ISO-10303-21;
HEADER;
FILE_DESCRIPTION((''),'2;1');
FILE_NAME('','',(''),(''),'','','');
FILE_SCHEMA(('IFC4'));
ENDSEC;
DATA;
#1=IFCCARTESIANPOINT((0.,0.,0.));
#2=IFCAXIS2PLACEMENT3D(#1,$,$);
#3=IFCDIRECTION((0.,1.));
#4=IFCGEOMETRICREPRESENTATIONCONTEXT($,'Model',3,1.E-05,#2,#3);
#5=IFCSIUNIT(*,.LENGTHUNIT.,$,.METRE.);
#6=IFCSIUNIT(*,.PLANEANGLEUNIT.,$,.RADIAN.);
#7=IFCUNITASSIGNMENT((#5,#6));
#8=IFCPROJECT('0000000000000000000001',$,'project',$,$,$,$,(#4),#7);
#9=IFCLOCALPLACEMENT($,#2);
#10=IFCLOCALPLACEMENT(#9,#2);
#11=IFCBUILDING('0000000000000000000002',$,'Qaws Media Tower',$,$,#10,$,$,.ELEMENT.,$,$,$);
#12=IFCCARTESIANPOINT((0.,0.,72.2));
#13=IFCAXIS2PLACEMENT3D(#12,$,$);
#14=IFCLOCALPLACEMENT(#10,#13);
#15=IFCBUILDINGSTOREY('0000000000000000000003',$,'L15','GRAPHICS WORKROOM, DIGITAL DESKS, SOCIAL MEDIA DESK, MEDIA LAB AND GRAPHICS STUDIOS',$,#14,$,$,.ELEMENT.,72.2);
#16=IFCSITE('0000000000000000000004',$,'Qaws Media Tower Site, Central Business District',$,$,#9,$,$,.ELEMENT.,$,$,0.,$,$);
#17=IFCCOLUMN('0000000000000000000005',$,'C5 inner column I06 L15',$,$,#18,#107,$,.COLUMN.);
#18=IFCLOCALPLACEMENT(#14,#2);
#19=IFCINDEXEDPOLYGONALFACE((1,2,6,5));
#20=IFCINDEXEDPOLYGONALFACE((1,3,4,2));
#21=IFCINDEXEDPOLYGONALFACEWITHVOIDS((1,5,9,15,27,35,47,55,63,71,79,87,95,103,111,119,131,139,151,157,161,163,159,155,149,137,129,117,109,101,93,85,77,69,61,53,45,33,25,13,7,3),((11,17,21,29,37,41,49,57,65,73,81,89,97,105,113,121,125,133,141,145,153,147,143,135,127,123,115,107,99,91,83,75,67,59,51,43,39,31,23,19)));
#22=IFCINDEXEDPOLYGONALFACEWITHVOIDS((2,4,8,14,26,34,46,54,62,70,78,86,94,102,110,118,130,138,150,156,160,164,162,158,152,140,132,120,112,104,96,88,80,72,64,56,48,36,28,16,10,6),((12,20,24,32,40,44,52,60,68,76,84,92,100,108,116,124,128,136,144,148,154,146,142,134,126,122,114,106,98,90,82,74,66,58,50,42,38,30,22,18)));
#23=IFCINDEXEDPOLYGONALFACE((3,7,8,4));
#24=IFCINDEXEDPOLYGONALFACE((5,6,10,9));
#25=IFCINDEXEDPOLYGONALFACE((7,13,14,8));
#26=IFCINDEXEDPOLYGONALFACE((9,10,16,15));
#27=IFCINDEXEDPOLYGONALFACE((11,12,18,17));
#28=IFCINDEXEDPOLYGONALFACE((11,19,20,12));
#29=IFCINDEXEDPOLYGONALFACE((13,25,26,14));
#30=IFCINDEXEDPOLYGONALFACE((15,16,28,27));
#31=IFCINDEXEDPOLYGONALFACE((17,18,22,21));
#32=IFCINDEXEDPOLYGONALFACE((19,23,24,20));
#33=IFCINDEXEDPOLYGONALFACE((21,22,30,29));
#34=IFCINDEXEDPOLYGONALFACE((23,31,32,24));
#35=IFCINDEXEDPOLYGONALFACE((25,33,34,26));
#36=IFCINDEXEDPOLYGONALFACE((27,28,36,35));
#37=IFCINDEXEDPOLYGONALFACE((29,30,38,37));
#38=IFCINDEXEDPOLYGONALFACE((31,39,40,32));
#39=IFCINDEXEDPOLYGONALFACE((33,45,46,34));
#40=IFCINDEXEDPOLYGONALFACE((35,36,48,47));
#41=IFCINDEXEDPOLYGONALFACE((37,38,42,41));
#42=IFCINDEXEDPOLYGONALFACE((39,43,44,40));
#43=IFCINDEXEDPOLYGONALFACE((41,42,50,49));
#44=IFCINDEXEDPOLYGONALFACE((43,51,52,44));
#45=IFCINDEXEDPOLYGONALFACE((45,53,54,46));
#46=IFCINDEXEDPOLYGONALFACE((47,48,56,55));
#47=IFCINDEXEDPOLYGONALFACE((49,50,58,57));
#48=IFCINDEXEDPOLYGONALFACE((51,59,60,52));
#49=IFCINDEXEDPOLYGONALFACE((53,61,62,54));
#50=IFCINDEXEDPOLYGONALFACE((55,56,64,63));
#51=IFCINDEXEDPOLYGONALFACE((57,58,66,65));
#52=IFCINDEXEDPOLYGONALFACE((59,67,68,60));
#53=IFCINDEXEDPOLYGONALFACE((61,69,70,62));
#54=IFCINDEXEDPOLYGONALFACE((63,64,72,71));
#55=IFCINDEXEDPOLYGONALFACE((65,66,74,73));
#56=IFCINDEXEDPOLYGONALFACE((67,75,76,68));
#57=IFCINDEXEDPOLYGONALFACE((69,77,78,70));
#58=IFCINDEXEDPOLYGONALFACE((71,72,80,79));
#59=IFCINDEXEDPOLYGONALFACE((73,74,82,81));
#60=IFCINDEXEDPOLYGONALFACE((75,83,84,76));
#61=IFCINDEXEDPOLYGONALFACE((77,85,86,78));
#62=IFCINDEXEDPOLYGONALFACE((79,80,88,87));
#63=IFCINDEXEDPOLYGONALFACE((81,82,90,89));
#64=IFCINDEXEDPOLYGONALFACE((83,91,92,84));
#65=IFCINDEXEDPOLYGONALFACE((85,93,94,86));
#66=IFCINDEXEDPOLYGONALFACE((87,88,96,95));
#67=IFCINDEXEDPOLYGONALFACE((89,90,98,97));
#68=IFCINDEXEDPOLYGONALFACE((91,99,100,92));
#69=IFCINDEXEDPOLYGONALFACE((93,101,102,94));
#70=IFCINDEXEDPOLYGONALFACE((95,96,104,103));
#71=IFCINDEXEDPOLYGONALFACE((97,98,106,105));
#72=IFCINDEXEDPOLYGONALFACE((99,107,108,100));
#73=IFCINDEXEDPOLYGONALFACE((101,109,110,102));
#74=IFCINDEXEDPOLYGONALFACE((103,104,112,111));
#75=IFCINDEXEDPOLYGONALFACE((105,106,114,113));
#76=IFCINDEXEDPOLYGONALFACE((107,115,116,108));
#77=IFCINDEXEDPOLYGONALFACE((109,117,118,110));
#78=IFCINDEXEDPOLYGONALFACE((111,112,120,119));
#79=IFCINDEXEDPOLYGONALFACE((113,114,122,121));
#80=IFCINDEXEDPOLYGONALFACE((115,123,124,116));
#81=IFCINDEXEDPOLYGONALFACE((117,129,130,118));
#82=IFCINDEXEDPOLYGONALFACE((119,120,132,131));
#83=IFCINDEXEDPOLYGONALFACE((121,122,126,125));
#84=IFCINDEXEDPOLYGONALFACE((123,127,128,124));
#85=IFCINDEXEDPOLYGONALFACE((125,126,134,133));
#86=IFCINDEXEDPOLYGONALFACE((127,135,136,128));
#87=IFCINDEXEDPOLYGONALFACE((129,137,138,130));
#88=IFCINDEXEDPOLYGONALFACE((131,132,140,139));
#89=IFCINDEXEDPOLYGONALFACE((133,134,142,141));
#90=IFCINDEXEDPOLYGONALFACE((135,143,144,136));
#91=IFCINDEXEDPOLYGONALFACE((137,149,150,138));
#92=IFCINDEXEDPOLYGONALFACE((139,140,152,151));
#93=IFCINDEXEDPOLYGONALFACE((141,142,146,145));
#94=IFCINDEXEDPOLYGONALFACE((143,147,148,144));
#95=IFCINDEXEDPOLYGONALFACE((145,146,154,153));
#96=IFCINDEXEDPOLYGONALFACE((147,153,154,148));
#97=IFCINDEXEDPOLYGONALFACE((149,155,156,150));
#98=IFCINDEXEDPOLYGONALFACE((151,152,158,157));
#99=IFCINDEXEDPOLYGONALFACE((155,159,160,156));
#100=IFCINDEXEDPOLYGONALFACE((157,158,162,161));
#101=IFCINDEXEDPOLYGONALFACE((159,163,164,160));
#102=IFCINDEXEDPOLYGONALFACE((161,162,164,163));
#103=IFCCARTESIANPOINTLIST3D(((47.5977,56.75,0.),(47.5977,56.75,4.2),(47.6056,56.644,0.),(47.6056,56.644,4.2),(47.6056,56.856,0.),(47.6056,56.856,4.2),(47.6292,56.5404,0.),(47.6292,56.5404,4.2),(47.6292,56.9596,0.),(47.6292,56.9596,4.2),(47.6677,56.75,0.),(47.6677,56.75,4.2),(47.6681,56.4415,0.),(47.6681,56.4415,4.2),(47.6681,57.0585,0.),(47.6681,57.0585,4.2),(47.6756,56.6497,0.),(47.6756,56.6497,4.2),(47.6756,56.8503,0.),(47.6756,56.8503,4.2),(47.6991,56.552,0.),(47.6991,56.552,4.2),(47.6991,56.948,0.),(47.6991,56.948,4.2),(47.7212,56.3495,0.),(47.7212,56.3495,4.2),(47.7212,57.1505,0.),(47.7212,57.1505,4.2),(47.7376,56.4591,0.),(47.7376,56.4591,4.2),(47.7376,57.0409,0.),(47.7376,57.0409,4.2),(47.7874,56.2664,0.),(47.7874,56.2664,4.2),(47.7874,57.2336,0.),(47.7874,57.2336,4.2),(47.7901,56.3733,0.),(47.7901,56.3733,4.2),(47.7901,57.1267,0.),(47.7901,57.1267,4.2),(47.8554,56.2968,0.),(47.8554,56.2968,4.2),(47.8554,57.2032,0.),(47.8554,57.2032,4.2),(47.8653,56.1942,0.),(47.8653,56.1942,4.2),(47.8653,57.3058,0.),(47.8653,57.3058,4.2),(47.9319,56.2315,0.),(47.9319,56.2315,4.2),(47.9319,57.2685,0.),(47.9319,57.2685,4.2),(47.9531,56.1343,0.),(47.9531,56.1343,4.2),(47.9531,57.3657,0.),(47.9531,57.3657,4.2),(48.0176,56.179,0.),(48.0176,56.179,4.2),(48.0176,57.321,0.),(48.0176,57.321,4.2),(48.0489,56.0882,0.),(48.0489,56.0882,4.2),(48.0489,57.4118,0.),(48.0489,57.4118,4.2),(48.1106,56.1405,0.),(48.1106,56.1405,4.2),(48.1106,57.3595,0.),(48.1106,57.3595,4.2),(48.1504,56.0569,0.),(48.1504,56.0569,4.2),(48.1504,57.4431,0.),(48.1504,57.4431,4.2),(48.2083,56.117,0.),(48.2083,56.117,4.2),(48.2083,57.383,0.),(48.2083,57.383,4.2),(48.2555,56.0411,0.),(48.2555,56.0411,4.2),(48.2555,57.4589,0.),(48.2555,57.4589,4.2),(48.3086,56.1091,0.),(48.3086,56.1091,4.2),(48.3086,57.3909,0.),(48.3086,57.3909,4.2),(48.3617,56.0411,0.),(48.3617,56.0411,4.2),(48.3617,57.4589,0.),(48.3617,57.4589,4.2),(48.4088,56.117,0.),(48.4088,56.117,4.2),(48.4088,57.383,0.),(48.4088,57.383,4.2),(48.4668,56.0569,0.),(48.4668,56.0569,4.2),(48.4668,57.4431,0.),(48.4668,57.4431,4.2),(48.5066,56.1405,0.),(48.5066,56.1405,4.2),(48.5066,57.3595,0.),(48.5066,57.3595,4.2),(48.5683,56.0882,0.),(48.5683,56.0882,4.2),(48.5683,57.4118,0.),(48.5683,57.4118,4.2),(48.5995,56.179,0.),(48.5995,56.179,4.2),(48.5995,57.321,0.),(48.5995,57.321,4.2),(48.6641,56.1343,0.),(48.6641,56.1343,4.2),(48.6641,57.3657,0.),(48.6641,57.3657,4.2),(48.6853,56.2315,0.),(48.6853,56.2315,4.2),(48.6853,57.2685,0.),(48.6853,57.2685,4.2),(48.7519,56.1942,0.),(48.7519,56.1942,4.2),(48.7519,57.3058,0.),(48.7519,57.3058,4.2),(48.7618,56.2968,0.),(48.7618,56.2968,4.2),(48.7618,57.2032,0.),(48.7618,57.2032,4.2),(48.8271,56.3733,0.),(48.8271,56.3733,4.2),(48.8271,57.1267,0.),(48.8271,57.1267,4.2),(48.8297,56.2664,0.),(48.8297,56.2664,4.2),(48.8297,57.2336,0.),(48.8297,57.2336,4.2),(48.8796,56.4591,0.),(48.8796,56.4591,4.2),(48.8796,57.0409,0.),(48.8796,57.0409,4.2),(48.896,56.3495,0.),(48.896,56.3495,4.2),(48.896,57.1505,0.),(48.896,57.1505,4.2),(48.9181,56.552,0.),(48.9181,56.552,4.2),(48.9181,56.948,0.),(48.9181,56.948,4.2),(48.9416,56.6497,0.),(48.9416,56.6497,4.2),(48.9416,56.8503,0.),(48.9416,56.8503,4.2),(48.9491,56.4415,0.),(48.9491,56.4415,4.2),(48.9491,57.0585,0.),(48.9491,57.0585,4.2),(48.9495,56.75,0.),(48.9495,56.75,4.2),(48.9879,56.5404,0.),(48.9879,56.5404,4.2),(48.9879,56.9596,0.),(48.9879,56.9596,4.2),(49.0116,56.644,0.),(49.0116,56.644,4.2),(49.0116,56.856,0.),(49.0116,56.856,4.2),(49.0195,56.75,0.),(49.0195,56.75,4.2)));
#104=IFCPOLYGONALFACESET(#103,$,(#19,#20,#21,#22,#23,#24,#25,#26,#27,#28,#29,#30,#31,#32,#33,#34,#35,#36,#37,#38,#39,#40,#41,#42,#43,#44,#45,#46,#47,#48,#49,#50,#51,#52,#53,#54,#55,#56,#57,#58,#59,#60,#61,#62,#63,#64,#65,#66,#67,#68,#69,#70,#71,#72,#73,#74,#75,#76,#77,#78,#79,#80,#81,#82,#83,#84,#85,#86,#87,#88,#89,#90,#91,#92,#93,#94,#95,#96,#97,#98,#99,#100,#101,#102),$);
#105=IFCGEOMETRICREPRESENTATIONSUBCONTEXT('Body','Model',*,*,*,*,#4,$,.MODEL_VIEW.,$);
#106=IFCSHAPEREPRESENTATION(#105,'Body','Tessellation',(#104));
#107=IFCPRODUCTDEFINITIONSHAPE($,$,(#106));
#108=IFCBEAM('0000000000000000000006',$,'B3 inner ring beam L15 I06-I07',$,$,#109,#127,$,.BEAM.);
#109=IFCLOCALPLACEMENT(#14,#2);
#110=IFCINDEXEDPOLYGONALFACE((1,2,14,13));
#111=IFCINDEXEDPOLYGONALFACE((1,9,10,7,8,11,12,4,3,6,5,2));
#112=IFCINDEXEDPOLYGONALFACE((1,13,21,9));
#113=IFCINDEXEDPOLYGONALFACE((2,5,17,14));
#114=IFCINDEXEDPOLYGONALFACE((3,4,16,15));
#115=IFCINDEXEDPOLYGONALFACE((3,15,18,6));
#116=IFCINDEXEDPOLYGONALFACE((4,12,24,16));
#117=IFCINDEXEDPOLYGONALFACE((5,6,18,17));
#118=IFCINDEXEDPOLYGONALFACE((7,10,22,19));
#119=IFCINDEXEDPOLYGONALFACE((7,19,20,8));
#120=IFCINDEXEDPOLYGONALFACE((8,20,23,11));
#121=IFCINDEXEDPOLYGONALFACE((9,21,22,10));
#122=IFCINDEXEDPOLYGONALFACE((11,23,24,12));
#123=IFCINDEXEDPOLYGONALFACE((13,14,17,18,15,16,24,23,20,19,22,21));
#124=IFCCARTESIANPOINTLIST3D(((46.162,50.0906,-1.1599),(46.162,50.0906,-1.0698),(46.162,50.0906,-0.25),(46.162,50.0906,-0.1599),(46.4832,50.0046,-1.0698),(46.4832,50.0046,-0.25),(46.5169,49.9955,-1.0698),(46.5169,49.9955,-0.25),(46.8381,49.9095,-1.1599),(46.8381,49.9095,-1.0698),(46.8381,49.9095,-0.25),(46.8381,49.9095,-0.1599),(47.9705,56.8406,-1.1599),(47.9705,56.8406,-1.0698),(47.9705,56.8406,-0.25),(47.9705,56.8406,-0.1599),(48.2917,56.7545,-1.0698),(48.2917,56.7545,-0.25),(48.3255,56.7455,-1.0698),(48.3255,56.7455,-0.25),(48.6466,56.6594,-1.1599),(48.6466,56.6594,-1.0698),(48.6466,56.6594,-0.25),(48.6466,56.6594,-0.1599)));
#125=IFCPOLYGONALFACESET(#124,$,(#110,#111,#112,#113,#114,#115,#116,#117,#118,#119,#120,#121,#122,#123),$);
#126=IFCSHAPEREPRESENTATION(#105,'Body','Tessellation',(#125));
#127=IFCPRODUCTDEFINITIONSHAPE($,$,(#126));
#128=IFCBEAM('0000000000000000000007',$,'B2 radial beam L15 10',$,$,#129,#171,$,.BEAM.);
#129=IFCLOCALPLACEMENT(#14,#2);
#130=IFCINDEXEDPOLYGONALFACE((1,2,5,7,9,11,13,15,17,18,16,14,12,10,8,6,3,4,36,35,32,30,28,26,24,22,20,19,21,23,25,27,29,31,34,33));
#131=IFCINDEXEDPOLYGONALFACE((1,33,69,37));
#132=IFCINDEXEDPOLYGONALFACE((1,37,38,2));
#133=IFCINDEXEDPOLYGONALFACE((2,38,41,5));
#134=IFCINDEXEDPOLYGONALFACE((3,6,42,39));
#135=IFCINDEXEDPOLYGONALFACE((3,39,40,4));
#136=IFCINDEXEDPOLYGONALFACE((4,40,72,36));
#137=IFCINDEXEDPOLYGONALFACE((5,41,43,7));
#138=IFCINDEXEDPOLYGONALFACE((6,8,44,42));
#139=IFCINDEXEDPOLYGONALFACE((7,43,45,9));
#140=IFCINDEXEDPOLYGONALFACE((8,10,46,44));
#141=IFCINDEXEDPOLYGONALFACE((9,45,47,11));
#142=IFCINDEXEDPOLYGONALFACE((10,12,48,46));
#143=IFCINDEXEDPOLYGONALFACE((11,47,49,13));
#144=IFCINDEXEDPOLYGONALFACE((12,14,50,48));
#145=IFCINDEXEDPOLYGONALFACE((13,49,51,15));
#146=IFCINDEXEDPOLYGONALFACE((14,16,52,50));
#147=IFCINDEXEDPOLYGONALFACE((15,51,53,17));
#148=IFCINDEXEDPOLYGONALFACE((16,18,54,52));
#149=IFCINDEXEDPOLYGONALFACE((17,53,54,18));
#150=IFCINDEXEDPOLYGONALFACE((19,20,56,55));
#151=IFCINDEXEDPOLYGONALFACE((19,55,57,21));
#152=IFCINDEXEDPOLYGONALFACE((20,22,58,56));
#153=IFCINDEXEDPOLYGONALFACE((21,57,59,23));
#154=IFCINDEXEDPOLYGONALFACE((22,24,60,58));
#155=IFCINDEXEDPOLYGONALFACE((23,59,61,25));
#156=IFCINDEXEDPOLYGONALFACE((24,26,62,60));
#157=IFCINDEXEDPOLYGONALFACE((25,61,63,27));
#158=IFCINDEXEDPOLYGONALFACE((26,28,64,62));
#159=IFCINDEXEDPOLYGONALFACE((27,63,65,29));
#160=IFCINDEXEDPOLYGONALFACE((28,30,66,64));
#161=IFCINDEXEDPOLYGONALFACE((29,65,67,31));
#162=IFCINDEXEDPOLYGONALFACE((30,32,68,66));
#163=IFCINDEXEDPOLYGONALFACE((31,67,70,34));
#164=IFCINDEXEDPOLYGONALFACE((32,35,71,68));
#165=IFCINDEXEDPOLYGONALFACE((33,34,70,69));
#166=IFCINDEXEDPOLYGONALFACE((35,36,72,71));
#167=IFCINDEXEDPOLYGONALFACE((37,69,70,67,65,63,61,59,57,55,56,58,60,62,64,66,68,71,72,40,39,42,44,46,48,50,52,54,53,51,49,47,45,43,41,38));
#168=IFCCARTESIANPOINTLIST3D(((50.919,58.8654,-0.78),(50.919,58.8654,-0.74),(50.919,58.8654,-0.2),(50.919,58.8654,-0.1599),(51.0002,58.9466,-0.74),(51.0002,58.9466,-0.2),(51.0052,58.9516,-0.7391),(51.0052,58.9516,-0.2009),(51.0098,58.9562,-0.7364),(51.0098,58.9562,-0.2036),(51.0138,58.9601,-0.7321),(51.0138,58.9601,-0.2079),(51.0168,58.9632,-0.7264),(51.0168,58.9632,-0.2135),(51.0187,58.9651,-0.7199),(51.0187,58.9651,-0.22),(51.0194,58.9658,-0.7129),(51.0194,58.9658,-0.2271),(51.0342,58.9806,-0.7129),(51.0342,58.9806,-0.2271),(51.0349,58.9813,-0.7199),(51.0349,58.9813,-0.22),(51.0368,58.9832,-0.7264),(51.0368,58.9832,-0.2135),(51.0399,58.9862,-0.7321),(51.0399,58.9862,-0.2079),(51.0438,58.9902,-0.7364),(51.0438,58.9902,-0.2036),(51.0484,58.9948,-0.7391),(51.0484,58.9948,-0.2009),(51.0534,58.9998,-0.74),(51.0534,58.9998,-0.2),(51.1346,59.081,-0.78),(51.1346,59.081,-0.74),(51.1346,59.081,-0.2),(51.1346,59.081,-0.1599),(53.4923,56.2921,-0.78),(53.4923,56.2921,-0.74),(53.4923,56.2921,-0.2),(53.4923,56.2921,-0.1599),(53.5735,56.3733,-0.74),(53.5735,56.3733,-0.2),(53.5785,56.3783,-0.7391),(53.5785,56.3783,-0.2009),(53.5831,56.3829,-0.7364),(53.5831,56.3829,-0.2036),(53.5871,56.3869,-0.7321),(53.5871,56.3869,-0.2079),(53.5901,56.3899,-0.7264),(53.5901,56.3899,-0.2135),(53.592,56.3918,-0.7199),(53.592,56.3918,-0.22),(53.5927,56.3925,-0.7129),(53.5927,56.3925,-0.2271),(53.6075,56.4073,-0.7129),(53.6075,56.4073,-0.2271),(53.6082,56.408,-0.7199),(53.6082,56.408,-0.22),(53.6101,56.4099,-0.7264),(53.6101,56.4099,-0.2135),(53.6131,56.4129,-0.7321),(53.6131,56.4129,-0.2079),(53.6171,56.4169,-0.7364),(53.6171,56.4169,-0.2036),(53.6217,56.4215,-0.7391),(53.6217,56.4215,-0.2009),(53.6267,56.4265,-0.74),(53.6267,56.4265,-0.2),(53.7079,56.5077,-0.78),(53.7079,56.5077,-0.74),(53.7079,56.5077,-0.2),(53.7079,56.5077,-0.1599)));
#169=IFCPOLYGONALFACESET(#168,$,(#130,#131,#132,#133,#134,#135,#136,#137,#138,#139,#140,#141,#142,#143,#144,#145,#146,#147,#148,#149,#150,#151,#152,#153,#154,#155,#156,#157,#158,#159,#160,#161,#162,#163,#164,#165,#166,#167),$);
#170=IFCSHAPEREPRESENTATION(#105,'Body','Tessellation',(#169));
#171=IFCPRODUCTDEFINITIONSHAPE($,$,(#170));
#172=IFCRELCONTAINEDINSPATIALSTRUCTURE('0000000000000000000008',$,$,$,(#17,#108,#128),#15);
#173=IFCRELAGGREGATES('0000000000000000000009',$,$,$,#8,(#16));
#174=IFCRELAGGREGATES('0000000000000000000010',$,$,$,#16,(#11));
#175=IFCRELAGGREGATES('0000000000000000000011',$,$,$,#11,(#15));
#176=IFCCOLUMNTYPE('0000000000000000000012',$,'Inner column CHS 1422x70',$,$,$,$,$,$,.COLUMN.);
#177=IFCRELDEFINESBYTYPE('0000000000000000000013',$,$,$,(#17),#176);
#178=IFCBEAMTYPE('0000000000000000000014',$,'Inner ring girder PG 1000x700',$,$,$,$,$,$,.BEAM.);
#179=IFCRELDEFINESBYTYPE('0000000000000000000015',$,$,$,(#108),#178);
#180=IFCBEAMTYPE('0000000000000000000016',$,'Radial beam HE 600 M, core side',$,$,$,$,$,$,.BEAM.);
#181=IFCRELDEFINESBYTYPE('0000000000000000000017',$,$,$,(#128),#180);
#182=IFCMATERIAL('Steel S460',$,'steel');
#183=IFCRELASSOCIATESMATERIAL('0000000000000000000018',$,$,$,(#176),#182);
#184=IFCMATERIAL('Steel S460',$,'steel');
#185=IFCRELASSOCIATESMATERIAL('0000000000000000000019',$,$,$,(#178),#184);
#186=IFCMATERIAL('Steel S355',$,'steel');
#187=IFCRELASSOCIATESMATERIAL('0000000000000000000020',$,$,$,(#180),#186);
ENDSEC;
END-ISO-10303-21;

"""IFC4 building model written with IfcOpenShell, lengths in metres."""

from ifc_helpers import new_model, si_unit, direction, frame, origin, origin_2d, place, context, subcontext, project, spatial, hollow_circle, i_section, extrude, material, material_profile, profile_set, type_object, element, save


model = new_model("IFC4")

# Units and contexts
model_context = context("Model", 3, precision=1e-05, world=origin(), true_north=direction((0.0, 1.0)))
body_context = subcontext(model_context, "Body", "Model", "MODEL_VIEW")
ifc_project = project(units=[si_unit("LENGTHUNIT", "METRE"), si_unit("PLANEANGLEUNIT", "RADIAN")], contexts=[model_context])

# Site, building, storey
site_placement = place(None, origin())
site = spatial("IfcSite", under=ifc_project, at=site_placement, Name="Qaws Media Tower Site, Central Business District", CompositionType="ELEMENT", RefElevation=0.0)
building_placement = place(site_placement, origin())
building = spatial("IfcBuilding", under=site, at=building_placement, Name="Qaws Media Tower", CompositionType="ELEMENT")
storey_placement = place(building_placement, frame((0.0, 0.0, 72.2)))
storey = spatial("IfcBuildingStorey", under=building, at=storey_placement, Name="L15", Description="GRAPHICS WORKROOM, DIGITAL DESKS, SOCIAL MEDIA DESK, MEDIA LAB AND GRAPHICS STUDIOS", CompositionType="ELEMENT", Elevation=72.2)

# Column
ifc_material_1 = material(Name="Steel S460", Category="steel")
ifc_material_profile_1 = material_profile(ifc_material_1, hollow_circle(Radius=0.7109, WallThickness=0.0701, at=origin_2d()), Name="CHS 1422x70")
ifc_profile_set_1 = profile_set([ifc_material_profile_1], Name="Steel S460")
column_type = type_object("IfcColumnType", Name="Inner column CHS 1422x70", PredefinedType="COLUMN", material=ifc_profile_set_1)
column_placement = place(storey_placement, frame((48.3086, 56.75, 0.0), z_axis=(0.0, 0.0, 1.0), x_axis=(1.0, 0.0, 0.0)))
element("IfcColumn", 1, at=column_placement, inside=storey, type_object=column_type, Name="C5 inner column I06 L15", PredefinedType="COLUMN", context=body_context, shape_type="SweptSolid", body=[
    extrude(hollow_circle(Radius=0.7109, WallThickness=0.0701, at=origin_2d()), origin(), (0.0, 0.0, 1.0), 4.2),
])

# Beams
ifc_material_2 = material(Name="Steel S460", Category="steel")
ifc_material_profile_2 = material_profile(ifc_material_2, i_section(OverallWidth=0.7, OverallDepth=1.0, WebThickness=0.0349, FlangeThickness=0.0901, at=origin_2d()), Name="PG 1000x700")
ifc_profile_set_2 = profile_set([ifc_material_profile_2], Name="Steel S460")
beam_type_1 = type_object("IfcBeamType", Name="Inner ring girder PG 1000x700", PredefinedType="BEAM", material=ifc_profile_set_2)
beam_1_placement = place(storey_placement, frame((48.3086, 56.75, -0.6599), z_axis=(-0.258811, -0.965928, 0.0), x_axis=(0.965928, -0.258811, 0.0)))
element("IfcBeam", 2, at=beam_1_placement, inside=storey, type_object=beam_type_1, Name="B3 inner ring beam L15 I06-I07", PredefinedType="BEAM", context=body_context, shape_type="SweptSolid", body=[
    extrude(i_section(OverallWidth=0.7, OverallDepth=1.0, WebThickness=0.0349, FlangeThickness=0.0901, at=origin_2d()), origin(), (0.0, 0.0, 1.0), 6.988),
])
ifc_material_3 = material(Name="Steel S355", Category="steel")
ifc_material_profile_3 = material_profile(ifc_material_3, i_section(OverallWidth=0.3049, OverallDepth=0.6201, WebThickness=0.021, FlangeThickness=0.04, FilletRadius=0.0271, at=origin_2d()), Name="HE 600 M")
ifc_profile_set_3 = profile_set([ifc_material_profile_3], Name="Steel S355")
beam_type_2 = type_object("IfcBeamType", Name="Radial beam HE 600 M, core side", PredefinedType="BEAM", material=ifc_profile_set_3)
beam_2_placement = place(storey_placement, frame((53.6001, 56.3999, -0.47), z_axis=(-0.707107, 0.707107, 0.0), x_axis=(-0.707107, -0.707107, 0.0)))
element("IfcBeam", 3, at=beam_2_placement, inside=storey, type_object=beam_type_2, Name="B2 radial beam L15 10", PredefinedType="BEAM", context=body_context, shape_type="SweptSolid", body=[
    extrude(i_section(OverallWidth=0.3049, OverallDepth=0.6201, WebThickness=0.021, FlangeThickness=0.04, FilletRadius=0.0271, at=origin_2d()), origin(), (0.0, 0.0, 1.0), 3.6392),
])

save(model, "model.ifc")
